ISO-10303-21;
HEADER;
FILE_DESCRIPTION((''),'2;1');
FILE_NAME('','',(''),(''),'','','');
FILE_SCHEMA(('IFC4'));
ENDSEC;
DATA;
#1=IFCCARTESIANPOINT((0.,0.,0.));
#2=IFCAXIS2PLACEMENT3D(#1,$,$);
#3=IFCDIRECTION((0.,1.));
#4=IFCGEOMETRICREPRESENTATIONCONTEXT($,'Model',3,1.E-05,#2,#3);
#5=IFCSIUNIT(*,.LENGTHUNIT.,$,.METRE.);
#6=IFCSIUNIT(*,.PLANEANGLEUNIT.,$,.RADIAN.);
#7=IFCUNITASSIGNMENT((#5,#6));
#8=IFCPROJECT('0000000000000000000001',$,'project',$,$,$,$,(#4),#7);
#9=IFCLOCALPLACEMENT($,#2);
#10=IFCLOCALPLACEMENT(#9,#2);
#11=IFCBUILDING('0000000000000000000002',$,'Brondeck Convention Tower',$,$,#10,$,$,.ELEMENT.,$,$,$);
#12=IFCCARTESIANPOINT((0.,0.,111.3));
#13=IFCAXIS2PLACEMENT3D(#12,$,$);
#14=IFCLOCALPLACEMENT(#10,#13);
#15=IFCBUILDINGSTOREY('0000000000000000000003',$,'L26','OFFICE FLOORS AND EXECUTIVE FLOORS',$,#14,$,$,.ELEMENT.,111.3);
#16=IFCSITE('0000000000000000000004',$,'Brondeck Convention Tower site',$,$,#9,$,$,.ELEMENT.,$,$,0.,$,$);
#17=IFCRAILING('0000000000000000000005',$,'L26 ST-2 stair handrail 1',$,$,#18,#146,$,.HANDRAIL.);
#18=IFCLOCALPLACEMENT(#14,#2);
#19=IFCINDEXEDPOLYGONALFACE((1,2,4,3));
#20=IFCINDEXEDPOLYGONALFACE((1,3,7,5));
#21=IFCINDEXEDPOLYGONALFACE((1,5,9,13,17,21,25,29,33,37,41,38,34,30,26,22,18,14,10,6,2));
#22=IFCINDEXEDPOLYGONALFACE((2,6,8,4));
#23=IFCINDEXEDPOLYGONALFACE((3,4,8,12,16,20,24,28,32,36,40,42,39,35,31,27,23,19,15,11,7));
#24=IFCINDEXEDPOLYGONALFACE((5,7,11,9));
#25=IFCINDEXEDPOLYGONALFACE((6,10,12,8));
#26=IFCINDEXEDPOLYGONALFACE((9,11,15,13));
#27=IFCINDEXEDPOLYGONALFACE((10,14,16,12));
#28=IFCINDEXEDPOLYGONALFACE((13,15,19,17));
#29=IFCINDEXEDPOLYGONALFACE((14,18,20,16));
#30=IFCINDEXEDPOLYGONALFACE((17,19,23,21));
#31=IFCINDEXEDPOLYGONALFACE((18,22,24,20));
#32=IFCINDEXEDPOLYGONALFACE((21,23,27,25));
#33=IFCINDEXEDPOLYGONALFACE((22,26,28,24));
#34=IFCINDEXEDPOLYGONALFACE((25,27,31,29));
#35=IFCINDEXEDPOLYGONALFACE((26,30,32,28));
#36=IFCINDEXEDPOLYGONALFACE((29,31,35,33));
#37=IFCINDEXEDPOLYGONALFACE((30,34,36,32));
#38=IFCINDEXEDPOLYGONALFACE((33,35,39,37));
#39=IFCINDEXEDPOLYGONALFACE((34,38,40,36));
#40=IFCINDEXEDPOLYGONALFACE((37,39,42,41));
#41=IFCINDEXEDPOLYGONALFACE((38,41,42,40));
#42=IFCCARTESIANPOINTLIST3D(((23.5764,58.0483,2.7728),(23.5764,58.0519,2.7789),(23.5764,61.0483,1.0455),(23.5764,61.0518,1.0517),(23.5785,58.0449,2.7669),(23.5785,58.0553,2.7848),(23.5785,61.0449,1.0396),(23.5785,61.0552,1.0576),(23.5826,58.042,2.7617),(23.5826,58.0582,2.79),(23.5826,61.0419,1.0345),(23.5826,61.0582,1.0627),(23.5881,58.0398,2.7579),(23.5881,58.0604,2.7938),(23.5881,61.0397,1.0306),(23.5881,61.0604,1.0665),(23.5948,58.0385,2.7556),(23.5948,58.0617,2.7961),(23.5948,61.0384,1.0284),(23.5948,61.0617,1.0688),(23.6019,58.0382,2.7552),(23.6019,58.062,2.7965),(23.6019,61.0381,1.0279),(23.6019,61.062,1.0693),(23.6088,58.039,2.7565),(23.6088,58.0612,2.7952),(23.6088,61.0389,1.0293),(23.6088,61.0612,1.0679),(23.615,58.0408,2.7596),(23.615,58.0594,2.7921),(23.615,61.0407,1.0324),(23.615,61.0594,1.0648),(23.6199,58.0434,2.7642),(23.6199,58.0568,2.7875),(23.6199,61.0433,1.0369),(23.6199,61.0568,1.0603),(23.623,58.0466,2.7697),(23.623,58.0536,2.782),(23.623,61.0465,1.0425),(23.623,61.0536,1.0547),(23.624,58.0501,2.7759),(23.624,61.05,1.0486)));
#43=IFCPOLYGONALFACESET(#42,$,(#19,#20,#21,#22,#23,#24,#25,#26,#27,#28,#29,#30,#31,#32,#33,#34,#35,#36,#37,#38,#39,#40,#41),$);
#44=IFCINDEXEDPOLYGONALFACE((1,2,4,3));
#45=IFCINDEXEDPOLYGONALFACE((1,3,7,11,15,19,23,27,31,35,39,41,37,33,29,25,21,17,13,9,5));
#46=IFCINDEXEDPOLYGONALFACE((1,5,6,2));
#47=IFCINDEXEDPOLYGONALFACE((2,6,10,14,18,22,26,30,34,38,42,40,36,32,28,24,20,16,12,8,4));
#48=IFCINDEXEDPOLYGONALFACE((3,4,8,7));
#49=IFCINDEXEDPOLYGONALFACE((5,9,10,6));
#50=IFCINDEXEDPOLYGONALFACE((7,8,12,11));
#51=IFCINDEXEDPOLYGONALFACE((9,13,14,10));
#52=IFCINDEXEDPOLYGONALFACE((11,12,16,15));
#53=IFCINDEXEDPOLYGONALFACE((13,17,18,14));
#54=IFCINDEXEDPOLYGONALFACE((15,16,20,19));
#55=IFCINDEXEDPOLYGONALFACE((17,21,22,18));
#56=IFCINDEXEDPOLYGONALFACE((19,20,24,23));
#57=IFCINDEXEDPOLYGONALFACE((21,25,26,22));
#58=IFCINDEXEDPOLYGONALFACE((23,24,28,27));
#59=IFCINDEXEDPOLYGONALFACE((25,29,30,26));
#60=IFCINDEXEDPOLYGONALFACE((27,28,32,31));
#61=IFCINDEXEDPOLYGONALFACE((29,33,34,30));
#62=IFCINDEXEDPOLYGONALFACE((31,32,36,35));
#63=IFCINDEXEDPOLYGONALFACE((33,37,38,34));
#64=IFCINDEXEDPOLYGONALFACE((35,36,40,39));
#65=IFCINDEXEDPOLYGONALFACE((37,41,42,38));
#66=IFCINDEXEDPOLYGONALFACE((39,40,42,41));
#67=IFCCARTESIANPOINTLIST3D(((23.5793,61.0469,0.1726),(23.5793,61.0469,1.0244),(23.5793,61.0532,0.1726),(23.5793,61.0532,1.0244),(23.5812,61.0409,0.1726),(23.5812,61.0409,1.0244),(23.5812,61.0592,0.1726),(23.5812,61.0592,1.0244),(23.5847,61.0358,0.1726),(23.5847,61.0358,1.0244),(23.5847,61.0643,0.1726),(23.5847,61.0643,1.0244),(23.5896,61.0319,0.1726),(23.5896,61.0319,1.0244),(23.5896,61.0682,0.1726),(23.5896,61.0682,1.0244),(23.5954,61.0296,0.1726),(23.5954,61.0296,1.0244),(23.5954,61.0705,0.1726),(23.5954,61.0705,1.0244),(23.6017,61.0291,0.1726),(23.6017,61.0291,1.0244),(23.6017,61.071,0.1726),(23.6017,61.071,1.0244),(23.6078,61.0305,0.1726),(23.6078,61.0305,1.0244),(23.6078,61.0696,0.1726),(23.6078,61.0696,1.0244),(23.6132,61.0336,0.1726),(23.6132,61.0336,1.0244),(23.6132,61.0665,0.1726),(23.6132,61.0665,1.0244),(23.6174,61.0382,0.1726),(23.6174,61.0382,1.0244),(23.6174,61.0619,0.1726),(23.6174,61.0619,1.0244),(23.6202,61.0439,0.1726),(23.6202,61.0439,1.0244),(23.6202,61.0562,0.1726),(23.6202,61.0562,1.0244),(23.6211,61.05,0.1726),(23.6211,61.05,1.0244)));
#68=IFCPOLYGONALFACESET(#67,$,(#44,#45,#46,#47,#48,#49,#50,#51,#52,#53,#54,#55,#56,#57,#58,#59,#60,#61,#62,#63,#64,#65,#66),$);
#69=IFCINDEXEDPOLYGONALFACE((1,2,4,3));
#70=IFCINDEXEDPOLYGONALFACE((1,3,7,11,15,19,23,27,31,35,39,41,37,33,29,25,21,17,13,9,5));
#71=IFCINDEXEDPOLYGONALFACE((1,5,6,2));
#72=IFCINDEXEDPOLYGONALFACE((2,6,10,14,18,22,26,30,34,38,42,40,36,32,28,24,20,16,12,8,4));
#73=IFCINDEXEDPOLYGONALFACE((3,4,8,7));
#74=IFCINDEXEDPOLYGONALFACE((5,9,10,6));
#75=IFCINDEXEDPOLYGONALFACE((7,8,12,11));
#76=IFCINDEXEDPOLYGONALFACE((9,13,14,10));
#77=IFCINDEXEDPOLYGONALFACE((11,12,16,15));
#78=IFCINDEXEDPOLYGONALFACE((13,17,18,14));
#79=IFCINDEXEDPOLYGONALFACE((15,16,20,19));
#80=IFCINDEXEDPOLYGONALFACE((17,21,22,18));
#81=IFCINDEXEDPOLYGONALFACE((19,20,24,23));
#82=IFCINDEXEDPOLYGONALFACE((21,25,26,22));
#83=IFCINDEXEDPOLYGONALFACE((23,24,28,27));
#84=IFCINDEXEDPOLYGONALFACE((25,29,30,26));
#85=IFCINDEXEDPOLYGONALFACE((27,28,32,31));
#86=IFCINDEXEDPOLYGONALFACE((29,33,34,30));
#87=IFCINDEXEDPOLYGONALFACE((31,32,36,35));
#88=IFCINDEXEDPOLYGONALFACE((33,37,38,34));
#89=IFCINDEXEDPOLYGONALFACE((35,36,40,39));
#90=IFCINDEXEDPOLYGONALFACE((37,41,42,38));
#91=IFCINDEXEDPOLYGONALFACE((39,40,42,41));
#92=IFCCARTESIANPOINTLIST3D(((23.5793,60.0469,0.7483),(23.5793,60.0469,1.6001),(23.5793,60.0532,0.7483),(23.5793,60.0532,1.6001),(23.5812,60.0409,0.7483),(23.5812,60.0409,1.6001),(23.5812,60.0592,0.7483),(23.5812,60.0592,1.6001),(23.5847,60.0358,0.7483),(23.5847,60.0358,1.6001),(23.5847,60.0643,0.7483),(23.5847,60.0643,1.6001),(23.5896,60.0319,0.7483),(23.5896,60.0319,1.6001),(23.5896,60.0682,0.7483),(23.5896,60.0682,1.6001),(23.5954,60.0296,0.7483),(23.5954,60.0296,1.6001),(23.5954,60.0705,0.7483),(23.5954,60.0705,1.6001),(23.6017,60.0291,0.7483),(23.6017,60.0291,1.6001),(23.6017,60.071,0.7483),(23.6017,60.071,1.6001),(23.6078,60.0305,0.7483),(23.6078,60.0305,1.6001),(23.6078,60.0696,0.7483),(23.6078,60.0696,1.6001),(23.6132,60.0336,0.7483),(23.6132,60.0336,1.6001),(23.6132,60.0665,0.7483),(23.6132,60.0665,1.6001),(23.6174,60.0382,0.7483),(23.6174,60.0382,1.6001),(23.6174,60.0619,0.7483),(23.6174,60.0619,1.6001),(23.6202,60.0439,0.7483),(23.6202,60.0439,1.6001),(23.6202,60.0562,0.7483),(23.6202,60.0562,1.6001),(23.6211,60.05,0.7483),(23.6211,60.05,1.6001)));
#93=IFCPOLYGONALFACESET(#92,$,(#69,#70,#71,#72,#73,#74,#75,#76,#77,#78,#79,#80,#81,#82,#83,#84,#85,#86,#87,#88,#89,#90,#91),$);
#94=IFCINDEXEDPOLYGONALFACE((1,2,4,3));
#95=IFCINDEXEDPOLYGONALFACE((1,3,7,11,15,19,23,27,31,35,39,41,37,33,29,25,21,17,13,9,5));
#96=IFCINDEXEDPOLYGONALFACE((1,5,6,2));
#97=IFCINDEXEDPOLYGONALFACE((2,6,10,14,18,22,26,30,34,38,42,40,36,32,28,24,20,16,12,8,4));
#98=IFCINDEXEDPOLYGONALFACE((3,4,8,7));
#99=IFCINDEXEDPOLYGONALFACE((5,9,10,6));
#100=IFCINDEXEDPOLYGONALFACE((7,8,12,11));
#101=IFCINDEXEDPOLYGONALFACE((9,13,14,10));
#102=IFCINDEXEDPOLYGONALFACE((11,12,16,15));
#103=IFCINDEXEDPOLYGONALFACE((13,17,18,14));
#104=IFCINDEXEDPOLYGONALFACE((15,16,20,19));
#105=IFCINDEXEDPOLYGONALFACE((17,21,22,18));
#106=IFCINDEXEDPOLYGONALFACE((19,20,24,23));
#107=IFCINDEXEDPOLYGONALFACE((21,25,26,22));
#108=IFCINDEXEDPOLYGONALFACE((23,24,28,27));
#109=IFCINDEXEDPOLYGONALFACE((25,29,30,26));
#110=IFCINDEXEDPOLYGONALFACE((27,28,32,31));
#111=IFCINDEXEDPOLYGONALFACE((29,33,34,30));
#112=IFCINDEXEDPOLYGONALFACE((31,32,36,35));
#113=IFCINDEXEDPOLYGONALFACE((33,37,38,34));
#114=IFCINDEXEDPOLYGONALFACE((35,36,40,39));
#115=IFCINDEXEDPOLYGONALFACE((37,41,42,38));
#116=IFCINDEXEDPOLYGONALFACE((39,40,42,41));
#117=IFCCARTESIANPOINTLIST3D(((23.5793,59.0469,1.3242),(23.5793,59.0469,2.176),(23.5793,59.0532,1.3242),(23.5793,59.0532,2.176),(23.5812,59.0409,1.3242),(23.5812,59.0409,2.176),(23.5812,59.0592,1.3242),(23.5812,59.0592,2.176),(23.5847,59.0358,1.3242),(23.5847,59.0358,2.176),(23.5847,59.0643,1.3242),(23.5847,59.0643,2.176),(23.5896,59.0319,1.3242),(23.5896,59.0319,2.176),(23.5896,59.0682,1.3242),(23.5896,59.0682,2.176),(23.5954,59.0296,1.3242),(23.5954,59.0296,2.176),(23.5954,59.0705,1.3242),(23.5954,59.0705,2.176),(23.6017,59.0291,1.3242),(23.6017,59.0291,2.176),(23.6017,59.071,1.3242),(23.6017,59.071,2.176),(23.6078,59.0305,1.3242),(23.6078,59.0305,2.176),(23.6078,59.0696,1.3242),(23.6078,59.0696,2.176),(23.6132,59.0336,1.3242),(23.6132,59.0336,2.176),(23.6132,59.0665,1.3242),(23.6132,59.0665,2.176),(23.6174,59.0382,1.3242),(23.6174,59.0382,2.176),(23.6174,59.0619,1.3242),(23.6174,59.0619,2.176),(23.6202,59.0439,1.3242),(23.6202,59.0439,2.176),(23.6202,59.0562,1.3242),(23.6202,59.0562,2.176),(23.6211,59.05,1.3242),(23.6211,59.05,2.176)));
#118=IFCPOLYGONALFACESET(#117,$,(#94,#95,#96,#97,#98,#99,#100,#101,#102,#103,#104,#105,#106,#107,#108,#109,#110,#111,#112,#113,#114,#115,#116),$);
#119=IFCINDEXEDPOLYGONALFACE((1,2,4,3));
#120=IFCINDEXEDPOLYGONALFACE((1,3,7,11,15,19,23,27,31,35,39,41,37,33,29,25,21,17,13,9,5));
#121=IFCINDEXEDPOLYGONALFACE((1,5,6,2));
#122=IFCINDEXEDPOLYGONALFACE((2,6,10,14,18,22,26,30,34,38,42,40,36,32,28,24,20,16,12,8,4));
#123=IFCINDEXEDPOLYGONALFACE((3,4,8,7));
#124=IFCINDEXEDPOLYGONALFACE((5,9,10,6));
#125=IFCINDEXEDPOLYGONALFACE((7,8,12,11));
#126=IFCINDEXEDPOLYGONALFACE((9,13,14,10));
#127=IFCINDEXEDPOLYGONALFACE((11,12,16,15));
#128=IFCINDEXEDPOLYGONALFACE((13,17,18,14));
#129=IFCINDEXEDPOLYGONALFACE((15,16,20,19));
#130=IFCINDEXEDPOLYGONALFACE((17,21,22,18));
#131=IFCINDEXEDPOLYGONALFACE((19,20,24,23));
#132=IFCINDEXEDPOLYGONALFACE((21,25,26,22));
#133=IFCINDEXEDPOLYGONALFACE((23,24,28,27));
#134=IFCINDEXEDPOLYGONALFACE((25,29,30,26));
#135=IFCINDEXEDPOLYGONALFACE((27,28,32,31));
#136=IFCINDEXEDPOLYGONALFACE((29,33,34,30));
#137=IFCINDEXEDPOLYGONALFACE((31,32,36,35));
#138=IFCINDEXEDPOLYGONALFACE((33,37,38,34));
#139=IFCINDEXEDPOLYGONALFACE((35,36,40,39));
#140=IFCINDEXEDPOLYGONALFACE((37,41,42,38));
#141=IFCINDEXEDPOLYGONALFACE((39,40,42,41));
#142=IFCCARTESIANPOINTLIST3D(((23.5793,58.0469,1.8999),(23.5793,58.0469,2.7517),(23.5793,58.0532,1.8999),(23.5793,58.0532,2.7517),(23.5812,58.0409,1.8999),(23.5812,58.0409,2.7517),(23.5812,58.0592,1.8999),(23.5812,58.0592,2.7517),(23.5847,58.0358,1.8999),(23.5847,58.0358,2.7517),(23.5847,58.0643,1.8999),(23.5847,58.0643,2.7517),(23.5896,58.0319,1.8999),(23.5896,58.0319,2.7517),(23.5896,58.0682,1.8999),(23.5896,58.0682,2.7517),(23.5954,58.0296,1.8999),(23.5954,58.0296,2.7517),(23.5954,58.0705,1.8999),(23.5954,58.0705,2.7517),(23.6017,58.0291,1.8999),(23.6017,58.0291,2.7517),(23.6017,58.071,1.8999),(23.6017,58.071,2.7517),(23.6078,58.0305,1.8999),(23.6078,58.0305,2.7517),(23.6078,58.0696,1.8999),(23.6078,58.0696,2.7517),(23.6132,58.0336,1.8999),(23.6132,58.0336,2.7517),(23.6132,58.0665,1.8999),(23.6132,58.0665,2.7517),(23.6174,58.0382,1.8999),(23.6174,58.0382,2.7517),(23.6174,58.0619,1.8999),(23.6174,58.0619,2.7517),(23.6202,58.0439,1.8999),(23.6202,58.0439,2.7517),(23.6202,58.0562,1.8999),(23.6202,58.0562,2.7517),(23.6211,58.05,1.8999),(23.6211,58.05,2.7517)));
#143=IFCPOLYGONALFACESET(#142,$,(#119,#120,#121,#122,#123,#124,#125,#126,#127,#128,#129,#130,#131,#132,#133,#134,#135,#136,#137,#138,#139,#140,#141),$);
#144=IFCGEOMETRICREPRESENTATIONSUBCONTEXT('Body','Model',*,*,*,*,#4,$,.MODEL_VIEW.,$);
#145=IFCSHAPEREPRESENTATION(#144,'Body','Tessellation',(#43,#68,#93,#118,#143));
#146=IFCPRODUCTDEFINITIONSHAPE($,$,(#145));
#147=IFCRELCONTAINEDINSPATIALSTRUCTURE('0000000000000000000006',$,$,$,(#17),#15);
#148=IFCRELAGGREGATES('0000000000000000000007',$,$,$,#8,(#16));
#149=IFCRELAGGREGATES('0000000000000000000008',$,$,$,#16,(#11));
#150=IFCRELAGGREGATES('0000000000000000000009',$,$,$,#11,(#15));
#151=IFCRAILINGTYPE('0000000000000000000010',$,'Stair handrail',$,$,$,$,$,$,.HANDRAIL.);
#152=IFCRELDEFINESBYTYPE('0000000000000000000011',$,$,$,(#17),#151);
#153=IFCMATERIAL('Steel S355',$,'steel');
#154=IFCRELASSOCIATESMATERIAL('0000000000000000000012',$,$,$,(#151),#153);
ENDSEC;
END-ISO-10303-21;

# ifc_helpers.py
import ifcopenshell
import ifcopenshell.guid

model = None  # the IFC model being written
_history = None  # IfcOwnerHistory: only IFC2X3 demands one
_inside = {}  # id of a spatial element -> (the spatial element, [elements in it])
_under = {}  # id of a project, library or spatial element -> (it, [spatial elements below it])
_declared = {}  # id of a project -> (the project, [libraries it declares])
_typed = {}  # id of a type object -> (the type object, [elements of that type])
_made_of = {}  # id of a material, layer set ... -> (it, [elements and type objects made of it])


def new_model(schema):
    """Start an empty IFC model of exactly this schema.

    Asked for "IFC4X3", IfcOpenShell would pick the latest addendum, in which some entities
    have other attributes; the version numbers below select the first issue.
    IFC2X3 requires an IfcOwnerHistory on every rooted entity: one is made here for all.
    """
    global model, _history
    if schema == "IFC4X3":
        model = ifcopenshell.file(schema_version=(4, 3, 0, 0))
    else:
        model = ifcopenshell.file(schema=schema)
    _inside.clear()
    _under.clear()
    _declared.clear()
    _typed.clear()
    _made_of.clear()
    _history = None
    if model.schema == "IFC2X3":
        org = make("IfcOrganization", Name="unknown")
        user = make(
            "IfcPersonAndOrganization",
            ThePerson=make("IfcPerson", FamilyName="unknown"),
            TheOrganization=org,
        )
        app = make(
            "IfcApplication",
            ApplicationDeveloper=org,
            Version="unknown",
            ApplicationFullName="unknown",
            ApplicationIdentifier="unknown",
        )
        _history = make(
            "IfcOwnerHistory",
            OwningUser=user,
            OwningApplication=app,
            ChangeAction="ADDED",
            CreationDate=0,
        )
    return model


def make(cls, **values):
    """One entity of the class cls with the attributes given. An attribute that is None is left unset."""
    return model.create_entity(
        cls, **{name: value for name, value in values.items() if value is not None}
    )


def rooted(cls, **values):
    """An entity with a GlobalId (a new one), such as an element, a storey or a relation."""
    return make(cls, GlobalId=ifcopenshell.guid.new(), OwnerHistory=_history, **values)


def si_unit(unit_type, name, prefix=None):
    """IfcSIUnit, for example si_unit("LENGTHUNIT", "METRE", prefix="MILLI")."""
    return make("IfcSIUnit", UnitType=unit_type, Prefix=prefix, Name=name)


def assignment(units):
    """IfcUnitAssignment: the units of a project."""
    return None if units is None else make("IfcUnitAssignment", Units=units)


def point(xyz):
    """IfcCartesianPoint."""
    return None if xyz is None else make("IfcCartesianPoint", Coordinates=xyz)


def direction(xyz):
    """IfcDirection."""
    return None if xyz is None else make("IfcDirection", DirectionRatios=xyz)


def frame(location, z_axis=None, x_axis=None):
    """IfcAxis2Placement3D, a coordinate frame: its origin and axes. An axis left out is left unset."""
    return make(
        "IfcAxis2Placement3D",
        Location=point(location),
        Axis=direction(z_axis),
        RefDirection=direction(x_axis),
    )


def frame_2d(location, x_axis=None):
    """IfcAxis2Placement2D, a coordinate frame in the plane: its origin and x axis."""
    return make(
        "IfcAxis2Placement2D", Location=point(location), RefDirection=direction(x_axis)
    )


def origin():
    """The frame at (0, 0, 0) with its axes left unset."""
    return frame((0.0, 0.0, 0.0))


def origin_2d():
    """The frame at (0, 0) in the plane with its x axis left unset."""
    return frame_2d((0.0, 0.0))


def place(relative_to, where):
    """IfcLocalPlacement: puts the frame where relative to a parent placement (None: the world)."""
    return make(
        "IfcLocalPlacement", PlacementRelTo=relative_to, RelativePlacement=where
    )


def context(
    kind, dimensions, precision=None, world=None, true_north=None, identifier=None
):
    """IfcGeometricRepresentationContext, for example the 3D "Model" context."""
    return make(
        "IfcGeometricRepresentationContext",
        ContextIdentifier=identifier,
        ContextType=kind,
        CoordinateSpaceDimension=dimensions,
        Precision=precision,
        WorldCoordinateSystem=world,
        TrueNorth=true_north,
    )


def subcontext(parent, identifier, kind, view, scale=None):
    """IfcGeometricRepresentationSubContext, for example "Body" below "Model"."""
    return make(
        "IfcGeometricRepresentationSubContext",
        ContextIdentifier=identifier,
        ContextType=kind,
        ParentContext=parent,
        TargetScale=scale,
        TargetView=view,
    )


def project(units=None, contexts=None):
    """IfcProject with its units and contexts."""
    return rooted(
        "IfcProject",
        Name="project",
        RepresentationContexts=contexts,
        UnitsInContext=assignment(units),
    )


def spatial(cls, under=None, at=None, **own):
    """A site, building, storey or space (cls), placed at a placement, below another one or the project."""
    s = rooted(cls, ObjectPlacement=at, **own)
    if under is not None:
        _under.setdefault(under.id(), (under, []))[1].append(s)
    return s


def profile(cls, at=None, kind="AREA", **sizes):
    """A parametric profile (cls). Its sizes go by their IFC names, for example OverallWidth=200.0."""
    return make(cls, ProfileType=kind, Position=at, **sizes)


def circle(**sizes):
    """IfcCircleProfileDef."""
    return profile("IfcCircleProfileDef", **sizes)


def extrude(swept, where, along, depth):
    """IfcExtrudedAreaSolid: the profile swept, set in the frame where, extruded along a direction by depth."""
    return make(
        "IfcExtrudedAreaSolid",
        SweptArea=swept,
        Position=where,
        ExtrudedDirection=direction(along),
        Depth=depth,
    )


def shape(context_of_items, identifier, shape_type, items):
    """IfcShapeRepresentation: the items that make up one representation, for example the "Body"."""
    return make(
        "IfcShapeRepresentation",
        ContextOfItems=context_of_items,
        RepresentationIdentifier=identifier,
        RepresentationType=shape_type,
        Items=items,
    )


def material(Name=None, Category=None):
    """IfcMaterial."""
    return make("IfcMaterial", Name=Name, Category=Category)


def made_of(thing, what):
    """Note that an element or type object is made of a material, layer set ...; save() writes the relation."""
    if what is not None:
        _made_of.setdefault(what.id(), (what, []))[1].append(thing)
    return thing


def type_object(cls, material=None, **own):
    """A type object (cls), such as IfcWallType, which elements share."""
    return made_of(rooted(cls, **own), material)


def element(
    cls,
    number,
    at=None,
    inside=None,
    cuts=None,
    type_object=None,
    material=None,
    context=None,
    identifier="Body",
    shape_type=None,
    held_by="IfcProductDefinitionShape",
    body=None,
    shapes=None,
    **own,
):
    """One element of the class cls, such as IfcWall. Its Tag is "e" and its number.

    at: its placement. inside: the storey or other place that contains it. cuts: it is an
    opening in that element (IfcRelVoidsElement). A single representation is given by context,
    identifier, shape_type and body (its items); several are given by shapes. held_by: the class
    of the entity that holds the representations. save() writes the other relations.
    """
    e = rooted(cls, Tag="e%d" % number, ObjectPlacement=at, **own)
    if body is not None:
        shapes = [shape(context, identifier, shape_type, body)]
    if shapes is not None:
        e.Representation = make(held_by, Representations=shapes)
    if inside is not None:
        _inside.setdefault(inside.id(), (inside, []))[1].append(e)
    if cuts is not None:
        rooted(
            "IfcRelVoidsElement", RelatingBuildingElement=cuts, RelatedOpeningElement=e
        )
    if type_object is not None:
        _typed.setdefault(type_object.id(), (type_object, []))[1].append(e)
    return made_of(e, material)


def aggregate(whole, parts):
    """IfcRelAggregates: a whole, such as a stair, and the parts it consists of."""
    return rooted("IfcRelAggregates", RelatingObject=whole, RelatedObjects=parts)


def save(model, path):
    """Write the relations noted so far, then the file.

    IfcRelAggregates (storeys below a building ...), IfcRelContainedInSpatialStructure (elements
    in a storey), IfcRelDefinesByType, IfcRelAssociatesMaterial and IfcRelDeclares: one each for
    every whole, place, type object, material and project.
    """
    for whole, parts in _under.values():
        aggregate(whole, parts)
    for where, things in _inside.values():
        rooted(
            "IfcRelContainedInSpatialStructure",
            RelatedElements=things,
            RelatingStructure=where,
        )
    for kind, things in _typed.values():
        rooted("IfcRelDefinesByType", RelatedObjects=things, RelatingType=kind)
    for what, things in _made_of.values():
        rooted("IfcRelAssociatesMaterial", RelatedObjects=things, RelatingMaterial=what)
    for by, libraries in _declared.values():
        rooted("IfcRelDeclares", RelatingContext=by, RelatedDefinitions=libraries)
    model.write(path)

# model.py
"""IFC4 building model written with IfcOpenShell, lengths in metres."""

from ifc_helpers import new_model, si_unit, direction, frame, origin, origin_2d, place, context, subcontext, project, spatial, circle, extrude, material, type_object, element, save


model = new_model("IFC4")

# Units and contexts
model_context = context("Model", 3, precision=1e-05, world=origin(), true_north=direction((0.0, 1.0)))
body_context = subcontext(model_context, "Body", "Model", "MODEL_VIEW")
ifc_project = project(units=[si_unit("LENGTHUNIT", "METRE"), si_unit("PLANEANGLEUNIT", "RADIAN")], contexts=[model_context])

# Site, building, storey
site_placement = place(None, origin())
site = spatial("IfcSite", under=ifc_project, at=site_placement, Name="Brondeck Convention Tower site", CompositionType="ELEMENT", RefElevation=0.0)
building_placement = place(site_placement, origin())
building = spatial("IfcBuilding", under=site, at=building_placement, Name="Brondeck Convention Tower", CompositionType="ELEMENT")
storey_placement = place(building_placement, frame((0.0, 0.0, 111.3)))
storey = spatial("IfcBuildingStorey", under=building, at=storey_placement, Name="L26", Description="OFFICE FLOORS AND EXECUTIVE FLOORS", CompositionType="ELEMENT", Elevation=111.3)

# Railing
ifc_material_1 = material(Name="Steel S355", Category="steel")
railing_type_1 = type_object("IfcRailingType", Name="Stair handrail", PredefinedType="HANDRAIL", material=ifc_material_1)
railing_1_placement = place(storey_placement, frame((23.6001, 61.05, 0.1726)))
element("IfcRailing", 1, at=railing_1_placement, inside=storey, type_object=railing_type_1, Name="L26 ST-2 stair handrail 1", PredefinedType="HANDRAIL", context=body_context, shape_type="SweptSolid", body=[
    extrude(circle(Radius=0.0239, at=origin_2d()), frame((0.0, 0.0, 0.876), z_axis=(0.0, -0.86662, 0.498969), x_axis=(1.0, 0.0, 0.0)), (0.0, 0.0, 1.0), 3.4617),
    extrude(circle(Radius=0.021, at=origin_2d()), origin(), (0.0, 0.0, 1.0), 0.8518),
    extrude(circle(Radius=0.021, at=origin_2d()), frame((0.0, -1.0, 0.5757)), (0.0, 0.0, 1.0), 0.8518),
    extrude(circle(Radius=0.021, at=origin_2d()), frame((0.0, -2.0, 1.1516)), (0.0, 0.0, 1.0), 0.8518),
    extrude(circle(Radius=0.021, at=origin_2d()), frame((0.0, -3.0, 1.7273)), (0.0, 0.0, 1.0), 0.8518),
])

save(model, "model.ifc")
